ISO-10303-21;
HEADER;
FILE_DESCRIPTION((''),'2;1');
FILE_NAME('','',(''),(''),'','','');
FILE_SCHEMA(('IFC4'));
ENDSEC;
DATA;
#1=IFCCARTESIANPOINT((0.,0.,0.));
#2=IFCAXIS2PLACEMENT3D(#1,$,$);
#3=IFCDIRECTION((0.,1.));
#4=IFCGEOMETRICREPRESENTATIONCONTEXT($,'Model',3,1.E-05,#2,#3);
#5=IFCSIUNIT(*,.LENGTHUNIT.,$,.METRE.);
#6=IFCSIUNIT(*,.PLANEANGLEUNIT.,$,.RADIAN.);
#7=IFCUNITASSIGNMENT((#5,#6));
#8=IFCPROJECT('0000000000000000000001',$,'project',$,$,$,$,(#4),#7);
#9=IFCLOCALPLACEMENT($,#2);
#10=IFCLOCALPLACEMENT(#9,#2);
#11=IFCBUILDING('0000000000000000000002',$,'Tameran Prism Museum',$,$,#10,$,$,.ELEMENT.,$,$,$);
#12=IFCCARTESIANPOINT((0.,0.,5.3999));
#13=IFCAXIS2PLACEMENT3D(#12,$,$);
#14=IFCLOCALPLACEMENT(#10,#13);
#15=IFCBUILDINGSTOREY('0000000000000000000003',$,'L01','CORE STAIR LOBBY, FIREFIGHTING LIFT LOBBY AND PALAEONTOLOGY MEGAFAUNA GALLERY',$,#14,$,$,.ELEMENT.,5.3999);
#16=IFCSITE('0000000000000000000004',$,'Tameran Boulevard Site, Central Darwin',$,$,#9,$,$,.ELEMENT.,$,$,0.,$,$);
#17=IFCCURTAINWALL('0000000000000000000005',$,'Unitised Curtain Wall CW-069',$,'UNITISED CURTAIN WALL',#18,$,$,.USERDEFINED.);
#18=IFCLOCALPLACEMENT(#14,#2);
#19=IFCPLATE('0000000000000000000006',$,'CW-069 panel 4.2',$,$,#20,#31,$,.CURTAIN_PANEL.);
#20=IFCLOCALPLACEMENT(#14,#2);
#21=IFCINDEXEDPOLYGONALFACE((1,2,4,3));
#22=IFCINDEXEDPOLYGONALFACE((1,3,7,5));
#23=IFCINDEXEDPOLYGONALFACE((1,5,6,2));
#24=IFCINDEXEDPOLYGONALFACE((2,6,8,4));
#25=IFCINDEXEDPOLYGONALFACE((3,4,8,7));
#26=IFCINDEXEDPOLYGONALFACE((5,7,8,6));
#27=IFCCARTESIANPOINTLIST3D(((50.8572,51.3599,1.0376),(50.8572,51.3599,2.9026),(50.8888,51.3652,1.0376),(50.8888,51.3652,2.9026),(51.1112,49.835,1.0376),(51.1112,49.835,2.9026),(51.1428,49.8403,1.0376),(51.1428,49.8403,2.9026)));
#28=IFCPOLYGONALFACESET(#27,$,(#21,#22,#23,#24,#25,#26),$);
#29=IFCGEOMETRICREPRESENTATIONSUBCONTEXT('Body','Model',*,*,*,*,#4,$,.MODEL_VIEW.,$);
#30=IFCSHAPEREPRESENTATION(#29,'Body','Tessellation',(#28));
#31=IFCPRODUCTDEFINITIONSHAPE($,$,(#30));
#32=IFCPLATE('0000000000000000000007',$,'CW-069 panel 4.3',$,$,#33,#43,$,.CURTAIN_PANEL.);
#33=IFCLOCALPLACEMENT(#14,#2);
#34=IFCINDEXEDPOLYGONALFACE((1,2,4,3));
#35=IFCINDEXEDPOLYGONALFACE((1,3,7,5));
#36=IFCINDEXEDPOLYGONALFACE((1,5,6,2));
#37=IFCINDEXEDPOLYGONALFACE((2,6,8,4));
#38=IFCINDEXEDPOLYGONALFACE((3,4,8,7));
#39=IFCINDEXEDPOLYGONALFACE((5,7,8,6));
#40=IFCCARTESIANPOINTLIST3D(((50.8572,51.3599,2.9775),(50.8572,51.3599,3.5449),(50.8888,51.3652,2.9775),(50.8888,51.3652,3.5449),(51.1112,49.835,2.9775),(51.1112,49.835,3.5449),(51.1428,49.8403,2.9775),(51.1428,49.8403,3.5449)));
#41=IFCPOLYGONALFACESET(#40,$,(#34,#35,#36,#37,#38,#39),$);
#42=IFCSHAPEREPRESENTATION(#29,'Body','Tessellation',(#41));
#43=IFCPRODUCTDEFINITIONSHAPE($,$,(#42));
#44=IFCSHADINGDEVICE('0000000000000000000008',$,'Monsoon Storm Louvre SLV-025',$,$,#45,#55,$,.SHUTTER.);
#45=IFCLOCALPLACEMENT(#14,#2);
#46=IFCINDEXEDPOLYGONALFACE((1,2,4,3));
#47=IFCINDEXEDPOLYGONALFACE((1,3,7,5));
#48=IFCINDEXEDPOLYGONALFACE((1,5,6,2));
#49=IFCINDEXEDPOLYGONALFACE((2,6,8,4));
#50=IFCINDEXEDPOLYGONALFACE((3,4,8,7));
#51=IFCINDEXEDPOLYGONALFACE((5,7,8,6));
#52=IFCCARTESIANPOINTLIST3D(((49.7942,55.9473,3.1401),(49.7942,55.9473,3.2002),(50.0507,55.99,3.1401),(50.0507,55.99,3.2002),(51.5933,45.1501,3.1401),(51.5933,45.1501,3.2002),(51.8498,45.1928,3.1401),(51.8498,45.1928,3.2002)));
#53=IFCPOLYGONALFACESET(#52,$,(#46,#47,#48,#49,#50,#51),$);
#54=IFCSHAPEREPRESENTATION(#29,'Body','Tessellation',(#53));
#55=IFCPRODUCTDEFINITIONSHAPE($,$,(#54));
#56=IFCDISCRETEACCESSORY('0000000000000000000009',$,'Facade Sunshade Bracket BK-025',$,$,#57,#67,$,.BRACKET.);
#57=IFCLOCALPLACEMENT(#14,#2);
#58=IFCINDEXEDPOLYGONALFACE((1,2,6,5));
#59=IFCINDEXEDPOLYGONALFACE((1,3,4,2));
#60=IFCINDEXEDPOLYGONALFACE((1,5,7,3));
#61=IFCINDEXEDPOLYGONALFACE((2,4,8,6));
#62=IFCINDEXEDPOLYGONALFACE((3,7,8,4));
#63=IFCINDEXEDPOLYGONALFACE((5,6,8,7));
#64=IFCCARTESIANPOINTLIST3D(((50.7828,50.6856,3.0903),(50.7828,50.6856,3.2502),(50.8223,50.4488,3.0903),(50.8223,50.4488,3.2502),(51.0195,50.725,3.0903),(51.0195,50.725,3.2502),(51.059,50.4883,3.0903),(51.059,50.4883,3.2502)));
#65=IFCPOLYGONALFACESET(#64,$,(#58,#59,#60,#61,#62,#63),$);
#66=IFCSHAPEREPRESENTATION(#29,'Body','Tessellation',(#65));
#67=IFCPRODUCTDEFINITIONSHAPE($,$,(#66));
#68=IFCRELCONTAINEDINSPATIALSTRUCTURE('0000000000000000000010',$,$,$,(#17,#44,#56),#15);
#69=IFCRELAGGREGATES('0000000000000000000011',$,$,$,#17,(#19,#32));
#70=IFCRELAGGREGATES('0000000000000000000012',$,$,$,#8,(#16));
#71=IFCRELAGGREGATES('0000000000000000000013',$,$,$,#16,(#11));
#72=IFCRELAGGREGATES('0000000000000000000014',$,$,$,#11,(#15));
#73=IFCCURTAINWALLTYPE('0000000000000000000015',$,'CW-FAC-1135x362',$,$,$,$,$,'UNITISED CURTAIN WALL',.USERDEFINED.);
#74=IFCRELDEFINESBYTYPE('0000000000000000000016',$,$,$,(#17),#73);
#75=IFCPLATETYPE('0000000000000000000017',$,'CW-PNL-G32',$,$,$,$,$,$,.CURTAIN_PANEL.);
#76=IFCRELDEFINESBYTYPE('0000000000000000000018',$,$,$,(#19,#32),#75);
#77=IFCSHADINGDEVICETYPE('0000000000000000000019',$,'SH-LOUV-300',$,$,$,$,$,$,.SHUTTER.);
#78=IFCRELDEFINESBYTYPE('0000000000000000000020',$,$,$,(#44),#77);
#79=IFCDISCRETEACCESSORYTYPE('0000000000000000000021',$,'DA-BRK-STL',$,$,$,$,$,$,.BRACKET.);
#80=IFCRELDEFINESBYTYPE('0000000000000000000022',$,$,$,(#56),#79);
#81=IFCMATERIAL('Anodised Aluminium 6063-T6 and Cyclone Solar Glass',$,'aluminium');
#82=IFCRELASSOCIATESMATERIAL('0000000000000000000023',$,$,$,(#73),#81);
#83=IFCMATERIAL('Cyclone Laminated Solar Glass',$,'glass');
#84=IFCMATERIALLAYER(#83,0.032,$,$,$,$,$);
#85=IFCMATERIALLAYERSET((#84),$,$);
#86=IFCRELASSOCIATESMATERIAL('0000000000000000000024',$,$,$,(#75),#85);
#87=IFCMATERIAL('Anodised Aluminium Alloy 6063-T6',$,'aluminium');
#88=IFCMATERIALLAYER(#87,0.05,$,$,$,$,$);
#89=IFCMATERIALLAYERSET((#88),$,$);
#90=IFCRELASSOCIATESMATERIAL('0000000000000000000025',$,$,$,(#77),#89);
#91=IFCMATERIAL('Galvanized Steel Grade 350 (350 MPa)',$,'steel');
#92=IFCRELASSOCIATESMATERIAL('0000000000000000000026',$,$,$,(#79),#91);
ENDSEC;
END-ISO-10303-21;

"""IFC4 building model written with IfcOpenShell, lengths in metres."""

from ifc_helpers import new_model, si_unit, direction, frame, origin, origin_2d, place, context, subcontext, project, spatial, rectangle, extrude, material, layer, layer_set, type_object, element, aggregate, save


model = new_model("IFC4")

# Units and contexts
model_context = context("Model", 3, precision=1e-05, world=origin(), true_north=direction((0.0, 1.0)))
body_context = subcontext(model_context, "Body", "Model", "MODEL_VIEW")
ifc_project = project(units=[si_unit("LENGTHUNIT", "METRE"), si_unit("PLANEANGLEUNIT", "RADIAN")], contexts=[model_context])

# Site, building, storey
site_placement = place(None, origin())
site = spatial("IfcSite", under=ifc_project, at=site_placement, Name="Tameran Boulevard Site, Central Darwin", CompositionType="ELEMENT", RefElevation=0.0)
building_placement = place(site_placement, origin())
building = spatial("IfcBuilding", under=site, at=building_placement, Name="Tameran Prism Museum", CompositionType="ELEMENT")
storey_placement = place(building_placement, frame((0.0, 0.0, 5.3999)))
storey = spatial("IfcBuildingStorey", under=building, at=storey_placement, Name="L01", Description="CORE STAIR LOBBY, FIREFIGHTING LIFT LOBBY AND PALAEONTOLOGY MEGAFAUNA GALLERY", CompositionType="ELEMENT", Elevation=5.3999)

# Curtain wall
ifc_material_1 = material(Name="Anodised Aluminium 6063-T6 and Cyclone Solar Glass", Category="aluminium")
curtain_wall_type_1 = type_object("IfcCurtainWallType", Name="CW-FAC-1135x362", ElementType="UNITISED CURTAIN WALL", PredefinedType="USERDEFINED", material=ifc_material_1)
curtain_wall_1_placement = place(storey_placement, origin())
curtain_wall_1 = element("IfcCurtainWall", 1, at=curtain_wall_1_placement, inside=storey, type_object=curtain_wall_type_1, Name="Unitised Curtain Wall CW-069", ObjectType="UNITISED CURTAIN WALL", PredefinedType="USERDEFINED")

# Plates
ifc_material_2 = material(Name="Cyclone Laminated Solar Glass", Category="glass")
ifc_layer_1 = layer(ifc_material_2, 0.032)
ifc_layer_set_1 = layer_set([ifc_layer_1])
plate_type = type_object("IfcPlateType", Name="CW-PNL-G32", PredefinedType="CURTAIN_PANEL", material=ifc_layer_set_1)
plate_1_placement = place(storey_placement, frame((51.0, 50.6001, 1.0376), z_axis=(0.0, 0.0, 1.0), x_axis=(-0.164285, 0.986413, 0.0)))
plate_1 = element("IfcPlate", 2, at=plate_1_placement, type_object=plate_type, Name="CW-069 panel 4.2", PredefinedType="CURTAIN_PANEL", context=body_context, shape_type="SweptSolid", body=[
    extrude(rectangle(XDim=1.5459, YDim=0.032, at=origin_2d()), origin(), (0.0, 0.0, 1.0), 1.865),
])
plate_2_placement = place(storey_placement, frame((51.0, 50.6001, 2.9775), z_axis=(0.0, 0.0, 1.0), x_axis=(-0.164285, 0.986413, 0.0)))
plate_2 = element("IfcPlate", 3, at=plate_2_placement, type_object=plate_type, Name="CW-069 panel 4.3", PredefinedType="CURTAIN_PANEL", context=body_context, shape_type="SweptSolid", body=[
    extrude(rectangle(XDim=1.5459, YDim=0.032, at=origin_2d()), origin(), (0.0, 0.0, 1.0), 0.5674),
])
aggregate(curtain_wall_1, [plate_1, plate_2])

# Shading device
ifc_material_3 = material(Name="Anodised Aluminium Alloy 6063-T6", Category="aluminium")
ifc_layer_2 = layer(ifc_material_3, 0.05)
ifc_layer_set_2 = layer_set([ifc_layer_2])
shading_device_type = type_object("IfcShadingDeviceType", Name="SH-LOUV-300", PredefinedType="SHUTTER", material=ifc_layer_set_2)
shading_device_placement = place(storey_placement, frame((50.822, 50.5701, 3.1401), z_axis=(0.0, 0.0, 1.0), x_axis=(-0.164359, 0.986401, 0.0)))
element("IfcShadingDevice", 4, at=shading_device_placement, inside=storey, type_object=shading_device_type, Name="Monsoon Storm Louvre SLV-025", PredefinedType="SHUTTER", context=body_context, shape_type="SweptSolid", body=[
    extrude(rectangle(XDim=10.946, YDim=0.26, at=origin_2d()), origin(), (0.0, 0.0, 1.0), 0.0601),
])

# Discrete accessory
ifc_material_4 = material(Name="Galvanized Steel Grade 350 (350 MPa)", Category="steel")
discrete_accessory_type = type_object("IfcDiscreteAccessoryType", Name="DA-BRK-STL", PredefinedType="BRACKET", material=ifc_material_4)
discrete_accessory_placement = place(storey_placement, frame((50.9209, 50.5869, 3.0903), z_axis=(0.0, 0.0, 1.0), x_axis=(-0.164359, 0.986401, 0.0)))
element("IfcDiscreteAccessory", 5, at=discrete_accessory_placement, inside=storey, type_object=discrete_accessory_type, Name="Facade Sunshade Bracket BK-025", PredefinedType="BRACKET", context=body_context, shape_type="SweptSolid", body=[
    extrude(rectangle(XDim=0.24, YDim=0.24, at=origin_2d()), origin(), (0.0, 0.0, 1.0), 0.1599),
])

save(model, "model.ifc")
